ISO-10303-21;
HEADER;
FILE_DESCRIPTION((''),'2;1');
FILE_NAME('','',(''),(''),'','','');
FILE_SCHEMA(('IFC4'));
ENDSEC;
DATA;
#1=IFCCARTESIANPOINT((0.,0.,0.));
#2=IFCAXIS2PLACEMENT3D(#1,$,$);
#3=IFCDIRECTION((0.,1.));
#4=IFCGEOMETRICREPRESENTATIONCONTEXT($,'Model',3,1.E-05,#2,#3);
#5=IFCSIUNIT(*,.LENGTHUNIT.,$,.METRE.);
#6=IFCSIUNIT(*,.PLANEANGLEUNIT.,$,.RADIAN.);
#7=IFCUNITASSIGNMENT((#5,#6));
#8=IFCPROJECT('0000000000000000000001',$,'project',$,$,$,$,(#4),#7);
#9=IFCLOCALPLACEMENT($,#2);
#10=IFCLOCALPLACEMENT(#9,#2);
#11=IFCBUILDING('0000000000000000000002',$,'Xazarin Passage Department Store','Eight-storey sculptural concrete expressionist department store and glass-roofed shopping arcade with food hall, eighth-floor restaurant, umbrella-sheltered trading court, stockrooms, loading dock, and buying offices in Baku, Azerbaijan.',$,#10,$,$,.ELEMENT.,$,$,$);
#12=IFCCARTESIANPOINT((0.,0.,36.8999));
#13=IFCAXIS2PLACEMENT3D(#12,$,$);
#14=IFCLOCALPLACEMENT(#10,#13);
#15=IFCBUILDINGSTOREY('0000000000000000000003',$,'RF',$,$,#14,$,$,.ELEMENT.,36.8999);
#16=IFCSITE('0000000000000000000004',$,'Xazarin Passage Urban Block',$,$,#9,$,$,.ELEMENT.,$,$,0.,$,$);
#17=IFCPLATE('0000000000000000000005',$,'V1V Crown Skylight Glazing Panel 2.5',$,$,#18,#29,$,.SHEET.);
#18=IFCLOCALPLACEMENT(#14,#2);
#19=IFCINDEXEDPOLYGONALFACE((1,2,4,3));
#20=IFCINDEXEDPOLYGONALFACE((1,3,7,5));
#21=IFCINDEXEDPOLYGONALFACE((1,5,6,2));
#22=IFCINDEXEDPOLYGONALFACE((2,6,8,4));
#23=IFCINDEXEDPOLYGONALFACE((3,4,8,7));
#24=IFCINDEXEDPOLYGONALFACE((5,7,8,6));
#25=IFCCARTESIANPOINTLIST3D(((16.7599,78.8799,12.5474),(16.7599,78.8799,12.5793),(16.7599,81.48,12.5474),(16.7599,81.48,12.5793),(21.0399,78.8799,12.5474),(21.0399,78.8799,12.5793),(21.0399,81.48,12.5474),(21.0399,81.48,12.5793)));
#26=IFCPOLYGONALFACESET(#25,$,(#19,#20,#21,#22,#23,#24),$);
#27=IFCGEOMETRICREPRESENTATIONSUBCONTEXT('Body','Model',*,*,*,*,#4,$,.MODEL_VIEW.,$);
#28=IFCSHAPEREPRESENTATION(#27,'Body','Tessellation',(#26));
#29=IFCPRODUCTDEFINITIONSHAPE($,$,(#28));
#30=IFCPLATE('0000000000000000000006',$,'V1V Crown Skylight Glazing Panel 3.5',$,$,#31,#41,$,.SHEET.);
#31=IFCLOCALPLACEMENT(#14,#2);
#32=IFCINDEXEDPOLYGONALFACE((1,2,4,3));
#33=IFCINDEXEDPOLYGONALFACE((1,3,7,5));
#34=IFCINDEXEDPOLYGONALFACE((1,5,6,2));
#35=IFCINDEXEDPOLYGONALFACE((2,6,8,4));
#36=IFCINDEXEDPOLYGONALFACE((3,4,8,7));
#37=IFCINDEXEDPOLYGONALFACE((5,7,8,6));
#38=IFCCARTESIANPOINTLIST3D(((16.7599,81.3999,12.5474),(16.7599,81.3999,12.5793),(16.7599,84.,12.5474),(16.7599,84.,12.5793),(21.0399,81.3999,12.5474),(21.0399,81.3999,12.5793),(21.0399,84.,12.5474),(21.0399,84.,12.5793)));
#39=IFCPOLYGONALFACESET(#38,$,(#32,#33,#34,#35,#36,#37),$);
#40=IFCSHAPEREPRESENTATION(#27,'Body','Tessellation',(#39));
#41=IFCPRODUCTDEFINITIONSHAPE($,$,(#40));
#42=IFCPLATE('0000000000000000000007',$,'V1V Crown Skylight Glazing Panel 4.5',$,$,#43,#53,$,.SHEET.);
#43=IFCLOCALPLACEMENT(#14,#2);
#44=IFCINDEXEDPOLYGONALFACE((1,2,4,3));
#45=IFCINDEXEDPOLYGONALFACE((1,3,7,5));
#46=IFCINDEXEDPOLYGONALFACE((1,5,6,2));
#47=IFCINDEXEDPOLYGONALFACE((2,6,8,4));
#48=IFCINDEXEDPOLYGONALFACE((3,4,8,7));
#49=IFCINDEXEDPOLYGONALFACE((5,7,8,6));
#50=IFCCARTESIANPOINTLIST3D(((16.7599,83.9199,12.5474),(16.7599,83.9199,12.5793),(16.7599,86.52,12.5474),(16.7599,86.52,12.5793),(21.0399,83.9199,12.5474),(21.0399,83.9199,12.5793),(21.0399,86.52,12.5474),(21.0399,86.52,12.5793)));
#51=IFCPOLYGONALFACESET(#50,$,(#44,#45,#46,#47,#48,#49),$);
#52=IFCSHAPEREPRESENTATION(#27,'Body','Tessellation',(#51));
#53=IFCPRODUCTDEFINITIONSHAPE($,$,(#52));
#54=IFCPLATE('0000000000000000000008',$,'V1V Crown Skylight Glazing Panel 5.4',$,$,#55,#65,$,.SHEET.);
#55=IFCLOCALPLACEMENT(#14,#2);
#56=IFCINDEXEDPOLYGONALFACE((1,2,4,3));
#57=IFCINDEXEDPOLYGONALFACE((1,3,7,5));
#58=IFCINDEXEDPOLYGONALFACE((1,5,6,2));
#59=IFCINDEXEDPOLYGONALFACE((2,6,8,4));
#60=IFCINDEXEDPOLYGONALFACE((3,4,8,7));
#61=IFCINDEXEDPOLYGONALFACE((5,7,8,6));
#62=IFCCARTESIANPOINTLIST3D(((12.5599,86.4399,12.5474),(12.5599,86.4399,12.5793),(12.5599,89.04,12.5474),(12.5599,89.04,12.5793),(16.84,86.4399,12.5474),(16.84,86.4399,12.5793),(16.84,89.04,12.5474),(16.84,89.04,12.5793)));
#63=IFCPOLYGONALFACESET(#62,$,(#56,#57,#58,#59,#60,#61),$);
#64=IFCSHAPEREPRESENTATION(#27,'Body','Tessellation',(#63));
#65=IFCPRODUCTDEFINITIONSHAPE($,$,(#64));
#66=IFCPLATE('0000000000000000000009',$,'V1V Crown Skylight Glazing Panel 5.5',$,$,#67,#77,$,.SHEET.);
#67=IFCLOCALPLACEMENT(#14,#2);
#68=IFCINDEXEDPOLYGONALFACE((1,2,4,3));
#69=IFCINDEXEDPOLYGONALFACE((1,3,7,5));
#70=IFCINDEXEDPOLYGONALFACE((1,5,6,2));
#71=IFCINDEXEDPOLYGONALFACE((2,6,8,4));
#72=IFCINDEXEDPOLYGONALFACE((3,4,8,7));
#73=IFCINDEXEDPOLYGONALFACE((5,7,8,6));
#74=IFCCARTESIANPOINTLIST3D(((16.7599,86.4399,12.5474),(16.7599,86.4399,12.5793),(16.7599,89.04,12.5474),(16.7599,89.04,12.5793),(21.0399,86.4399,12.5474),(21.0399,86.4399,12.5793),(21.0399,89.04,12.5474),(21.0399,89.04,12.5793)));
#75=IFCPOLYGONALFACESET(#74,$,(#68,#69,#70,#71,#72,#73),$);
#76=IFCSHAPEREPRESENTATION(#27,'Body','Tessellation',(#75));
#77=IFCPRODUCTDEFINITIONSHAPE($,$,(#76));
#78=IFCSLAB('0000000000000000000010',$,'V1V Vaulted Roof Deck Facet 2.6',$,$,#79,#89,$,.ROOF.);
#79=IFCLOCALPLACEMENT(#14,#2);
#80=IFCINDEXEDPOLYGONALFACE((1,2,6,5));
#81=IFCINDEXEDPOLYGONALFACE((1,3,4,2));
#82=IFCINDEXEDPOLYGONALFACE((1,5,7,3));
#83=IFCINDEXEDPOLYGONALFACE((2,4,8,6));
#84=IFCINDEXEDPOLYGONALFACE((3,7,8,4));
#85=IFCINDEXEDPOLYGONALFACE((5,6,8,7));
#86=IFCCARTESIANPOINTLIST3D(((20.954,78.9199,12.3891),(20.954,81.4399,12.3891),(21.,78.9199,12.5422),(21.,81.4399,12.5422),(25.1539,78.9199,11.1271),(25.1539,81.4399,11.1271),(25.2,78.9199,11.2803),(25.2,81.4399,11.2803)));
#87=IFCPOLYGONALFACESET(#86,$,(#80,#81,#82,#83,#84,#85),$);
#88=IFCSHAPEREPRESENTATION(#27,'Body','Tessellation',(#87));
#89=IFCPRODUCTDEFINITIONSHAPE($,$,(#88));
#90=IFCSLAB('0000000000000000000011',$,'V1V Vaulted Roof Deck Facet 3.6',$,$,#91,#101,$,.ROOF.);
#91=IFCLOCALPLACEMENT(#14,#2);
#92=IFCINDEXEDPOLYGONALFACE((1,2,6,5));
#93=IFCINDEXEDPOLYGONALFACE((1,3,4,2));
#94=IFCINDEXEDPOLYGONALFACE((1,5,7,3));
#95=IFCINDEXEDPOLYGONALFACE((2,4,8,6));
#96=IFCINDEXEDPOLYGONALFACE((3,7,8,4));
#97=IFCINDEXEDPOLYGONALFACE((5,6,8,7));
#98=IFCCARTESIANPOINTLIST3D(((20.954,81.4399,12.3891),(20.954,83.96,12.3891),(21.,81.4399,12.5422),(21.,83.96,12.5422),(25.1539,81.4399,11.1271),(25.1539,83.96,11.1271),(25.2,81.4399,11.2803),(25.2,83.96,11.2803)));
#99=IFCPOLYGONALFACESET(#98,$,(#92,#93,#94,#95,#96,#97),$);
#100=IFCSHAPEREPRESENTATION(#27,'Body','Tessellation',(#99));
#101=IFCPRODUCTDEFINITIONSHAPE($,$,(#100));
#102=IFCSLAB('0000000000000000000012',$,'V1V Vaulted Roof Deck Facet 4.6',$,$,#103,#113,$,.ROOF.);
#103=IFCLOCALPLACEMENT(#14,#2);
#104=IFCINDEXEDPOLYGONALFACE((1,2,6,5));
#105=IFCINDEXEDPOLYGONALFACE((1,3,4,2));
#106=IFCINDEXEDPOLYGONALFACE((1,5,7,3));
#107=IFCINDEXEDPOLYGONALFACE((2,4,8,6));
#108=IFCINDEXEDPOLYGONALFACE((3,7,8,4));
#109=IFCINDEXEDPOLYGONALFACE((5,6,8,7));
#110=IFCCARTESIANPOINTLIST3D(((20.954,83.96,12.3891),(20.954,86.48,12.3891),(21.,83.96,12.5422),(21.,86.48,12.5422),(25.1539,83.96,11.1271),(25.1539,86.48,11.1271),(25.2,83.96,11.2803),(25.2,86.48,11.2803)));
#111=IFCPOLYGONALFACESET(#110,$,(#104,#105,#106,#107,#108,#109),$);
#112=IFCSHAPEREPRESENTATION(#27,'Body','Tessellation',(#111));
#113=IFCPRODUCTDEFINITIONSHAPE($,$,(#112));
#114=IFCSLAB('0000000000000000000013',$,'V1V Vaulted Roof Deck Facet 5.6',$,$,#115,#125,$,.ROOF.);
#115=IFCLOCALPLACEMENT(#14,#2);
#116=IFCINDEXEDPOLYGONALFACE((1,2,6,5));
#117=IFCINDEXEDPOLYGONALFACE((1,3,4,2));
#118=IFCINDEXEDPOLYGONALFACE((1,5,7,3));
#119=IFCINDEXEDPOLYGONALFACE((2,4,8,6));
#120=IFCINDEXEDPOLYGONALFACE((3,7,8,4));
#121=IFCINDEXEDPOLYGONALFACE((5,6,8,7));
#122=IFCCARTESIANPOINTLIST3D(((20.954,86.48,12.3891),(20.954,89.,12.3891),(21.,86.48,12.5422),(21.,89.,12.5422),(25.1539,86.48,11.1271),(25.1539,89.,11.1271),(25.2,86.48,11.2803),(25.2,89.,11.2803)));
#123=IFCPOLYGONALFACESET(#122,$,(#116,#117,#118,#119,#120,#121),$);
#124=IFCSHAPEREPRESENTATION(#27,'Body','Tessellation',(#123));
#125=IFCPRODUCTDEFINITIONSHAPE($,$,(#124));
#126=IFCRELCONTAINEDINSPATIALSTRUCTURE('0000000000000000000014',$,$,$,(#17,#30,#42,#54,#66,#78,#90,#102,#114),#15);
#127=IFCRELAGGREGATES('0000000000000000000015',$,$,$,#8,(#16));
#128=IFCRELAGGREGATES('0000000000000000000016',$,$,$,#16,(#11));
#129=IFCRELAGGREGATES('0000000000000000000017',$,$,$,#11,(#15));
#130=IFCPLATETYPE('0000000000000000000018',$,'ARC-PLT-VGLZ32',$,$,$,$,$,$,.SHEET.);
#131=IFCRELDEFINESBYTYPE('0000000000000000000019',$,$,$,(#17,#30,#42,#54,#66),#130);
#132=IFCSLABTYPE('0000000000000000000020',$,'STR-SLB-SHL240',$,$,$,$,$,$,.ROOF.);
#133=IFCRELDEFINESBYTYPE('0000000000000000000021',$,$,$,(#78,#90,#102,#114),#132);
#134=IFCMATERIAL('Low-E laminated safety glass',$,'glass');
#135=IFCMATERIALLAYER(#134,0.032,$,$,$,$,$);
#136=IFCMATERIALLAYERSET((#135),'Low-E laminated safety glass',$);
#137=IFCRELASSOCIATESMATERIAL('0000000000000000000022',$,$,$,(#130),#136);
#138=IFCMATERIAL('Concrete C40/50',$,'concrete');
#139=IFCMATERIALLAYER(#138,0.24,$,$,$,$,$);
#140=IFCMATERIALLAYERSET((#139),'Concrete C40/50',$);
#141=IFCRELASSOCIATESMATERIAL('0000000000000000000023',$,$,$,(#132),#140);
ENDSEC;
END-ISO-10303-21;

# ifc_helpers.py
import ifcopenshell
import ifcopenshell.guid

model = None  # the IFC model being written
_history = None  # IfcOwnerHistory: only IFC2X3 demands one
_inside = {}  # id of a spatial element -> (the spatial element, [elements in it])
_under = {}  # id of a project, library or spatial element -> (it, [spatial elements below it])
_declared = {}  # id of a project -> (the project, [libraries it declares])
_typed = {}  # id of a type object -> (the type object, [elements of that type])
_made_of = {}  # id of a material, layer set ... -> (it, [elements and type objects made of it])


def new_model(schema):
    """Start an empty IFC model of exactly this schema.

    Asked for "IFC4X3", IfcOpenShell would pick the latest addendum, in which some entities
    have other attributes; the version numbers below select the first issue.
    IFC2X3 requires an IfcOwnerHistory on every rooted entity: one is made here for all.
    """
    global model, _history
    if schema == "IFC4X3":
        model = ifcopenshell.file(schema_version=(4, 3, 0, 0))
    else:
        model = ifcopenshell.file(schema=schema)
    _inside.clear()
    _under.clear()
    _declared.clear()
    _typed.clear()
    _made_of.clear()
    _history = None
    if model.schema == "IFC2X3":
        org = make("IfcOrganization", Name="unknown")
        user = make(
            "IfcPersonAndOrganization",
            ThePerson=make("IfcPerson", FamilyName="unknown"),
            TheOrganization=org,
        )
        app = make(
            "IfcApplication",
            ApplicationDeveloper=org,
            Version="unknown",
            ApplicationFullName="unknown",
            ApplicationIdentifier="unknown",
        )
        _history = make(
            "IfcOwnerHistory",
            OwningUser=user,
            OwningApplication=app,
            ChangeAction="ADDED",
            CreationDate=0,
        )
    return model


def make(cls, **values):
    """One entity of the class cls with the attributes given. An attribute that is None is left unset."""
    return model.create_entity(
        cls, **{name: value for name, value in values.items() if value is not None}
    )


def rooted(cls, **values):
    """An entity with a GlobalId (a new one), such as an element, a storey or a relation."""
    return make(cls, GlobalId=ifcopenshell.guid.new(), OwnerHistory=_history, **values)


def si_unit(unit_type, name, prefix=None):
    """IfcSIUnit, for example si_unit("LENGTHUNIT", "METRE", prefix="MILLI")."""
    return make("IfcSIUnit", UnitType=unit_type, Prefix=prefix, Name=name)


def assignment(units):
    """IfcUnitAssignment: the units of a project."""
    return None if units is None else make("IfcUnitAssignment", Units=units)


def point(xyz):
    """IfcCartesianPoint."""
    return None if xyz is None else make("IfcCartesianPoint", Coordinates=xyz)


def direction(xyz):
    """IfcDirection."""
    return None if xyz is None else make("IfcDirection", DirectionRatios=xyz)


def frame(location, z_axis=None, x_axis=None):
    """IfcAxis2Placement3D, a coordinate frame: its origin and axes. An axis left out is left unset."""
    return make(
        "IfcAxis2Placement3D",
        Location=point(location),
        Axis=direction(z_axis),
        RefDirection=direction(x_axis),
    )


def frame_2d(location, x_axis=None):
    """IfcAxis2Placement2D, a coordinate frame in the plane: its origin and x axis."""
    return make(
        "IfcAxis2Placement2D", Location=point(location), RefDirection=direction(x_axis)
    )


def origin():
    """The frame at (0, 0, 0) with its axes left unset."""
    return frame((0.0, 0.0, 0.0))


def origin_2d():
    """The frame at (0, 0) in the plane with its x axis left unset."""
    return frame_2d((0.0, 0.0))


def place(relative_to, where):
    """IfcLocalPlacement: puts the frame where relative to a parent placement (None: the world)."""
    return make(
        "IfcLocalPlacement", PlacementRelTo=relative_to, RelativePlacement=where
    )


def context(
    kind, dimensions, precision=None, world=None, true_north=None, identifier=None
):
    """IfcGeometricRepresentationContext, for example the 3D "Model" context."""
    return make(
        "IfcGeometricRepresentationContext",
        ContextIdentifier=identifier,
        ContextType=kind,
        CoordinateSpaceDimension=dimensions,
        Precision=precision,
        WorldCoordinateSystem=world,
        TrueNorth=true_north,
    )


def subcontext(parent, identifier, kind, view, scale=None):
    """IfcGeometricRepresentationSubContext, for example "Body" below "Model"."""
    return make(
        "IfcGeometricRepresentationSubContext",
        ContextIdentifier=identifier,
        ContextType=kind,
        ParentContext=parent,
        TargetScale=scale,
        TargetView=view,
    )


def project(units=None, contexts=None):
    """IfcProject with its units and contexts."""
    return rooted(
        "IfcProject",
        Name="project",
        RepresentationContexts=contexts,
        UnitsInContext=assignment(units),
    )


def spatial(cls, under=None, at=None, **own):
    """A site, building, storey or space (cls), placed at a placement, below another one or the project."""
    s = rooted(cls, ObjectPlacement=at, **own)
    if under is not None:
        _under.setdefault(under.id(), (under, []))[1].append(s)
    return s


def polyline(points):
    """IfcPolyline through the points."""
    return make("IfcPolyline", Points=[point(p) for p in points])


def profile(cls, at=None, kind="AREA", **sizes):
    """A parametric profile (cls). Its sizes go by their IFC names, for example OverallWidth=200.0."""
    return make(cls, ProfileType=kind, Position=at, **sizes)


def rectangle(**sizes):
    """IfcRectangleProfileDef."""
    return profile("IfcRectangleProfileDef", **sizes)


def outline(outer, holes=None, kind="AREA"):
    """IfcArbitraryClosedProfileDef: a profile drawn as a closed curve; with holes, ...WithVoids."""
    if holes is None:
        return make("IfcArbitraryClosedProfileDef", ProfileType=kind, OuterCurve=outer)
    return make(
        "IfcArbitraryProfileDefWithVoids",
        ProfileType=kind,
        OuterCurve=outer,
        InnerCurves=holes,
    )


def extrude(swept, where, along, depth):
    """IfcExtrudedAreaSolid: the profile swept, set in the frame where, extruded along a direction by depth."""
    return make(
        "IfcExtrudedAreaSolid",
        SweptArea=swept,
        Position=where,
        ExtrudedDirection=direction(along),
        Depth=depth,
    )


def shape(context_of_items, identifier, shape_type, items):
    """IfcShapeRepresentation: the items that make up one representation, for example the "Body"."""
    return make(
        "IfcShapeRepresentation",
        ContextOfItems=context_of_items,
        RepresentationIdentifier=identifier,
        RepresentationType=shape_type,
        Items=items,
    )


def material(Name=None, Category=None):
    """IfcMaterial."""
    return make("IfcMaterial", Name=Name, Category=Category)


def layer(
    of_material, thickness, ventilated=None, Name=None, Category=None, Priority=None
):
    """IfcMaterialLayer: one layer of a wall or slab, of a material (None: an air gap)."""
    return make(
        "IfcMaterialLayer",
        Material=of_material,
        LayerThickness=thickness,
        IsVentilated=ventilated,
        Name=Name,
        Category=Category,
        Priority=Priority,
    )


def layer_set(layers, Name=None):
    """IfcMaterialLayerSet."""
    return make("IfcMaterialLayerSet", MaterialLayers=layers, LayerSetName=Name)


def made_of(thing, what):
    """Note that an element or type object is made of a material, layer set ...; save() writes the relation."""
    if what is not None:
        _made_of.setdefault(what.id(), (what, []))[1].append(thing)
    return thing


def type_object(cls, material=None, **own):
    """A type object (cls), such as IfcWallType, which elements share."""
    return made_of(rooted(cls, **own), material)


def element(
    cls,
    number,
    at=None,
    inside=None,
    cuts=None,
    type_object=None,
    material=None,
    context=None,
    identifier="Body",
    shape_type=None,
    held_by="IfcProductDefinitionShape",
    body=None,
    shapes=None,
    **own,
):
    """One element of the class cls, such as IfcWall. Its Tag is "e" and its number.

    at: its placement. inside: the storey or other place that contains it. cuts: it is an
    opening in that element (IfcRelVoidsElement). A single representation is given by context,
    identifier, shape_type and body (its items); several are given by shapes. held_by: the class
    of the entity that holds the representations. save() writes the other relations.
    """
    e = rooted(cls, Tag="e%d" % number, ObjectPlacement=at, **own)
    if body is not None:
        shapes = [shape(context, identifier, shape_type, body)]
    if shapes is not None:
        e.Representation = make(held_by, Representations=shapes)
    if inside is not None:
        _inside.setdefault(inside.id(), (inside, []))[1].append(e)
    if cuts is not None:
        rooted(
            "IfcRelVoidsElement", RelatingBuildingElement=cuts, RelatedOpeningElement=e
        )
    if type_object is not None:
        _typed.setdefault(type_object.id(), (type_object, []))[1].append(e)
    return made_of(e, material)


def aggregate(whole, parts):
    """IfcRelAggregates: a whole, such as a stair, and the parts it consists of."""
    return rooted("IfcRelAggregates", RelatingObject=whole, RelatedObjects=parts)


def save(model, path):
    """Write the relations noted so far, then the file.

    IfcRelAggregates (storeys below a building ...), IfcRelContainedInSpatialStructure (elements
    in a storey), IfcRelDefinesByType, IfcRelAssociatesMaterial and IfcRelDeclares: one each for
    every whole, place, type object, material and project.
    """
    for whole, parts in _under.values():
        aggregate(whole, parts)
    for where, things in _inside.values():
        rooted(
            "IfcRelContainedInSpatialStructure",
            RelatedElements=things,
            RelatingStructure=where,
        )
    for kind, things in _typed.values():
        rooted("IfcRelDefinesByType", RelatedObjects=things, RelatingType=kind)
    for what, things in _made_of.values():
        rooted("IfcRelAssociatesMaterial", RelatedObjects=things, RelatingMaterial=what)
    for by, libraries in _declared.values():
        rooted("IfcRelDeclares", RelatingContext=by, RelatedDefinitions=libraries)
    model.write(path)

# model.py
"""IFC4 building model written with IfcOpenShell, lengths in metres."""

from ifc_helpers import new_model, si_unit, direction, frame, origin, origin_2d, place, context, subcontext, project, spatial, polyline, rectangle, outline, extrude, material, layer, layer_set, type_object, element, save


model = new_model("IFC4")

# Units and contexts
model_context = context("Model", 3, precision=1e-05, world=origin(), true_north=direction((0.0, 1.0)))
body_context = subcontext(model_context, "Body", "Model", "MODEL_VIEW")
ifc_project = project(units=[si_unit("LENGTHUNIT", "METRE"), si_unit("PLANEANGLEUNIT", "RADIAN")], contexts=[model_context])

# Site, building, storey
site_placement = place(None, origin())
site = spatial("IfcSite", under=ifc_project, at=site_placement, Name="Xazarin Passage Urban Block", CompositionType="ELEMENT", RefElevation=0.0)
building_placement = place(site_placement, origin())
building = spatial("IfcBuilding", under=site, at=building_placement, Name="Xazarin Passage Department Store", Description="Eight-storey sculptural concrete expressionist department store and glass-roofed shopping arcade with food hall, eighth-floor restaurant, umbrella-sheltered trading court, stockrooms, loading dock, and buying offices in Baku, Azerbaijan.", CompositionType="ELEMENT")
storey_placement = place(building_placement, frame((0.0, 0.0, 36.8999)))
storey = spatial("IfcBuildingStorey", under=building, at=storey_placement, Name="RF", CompositionType="ELEMENT", Elevation=36.8999)

# Plates
ifc_material_1 = material(Name="Low-E laminated safety glass", Category="glass")
ifc_layer_1 = layer(ifc_material_1, 0.032)
ifc_layer_set_1 = layer_set([ifc_layer_1], Name="Low-E laminated safety glass")
plate_type = type_object("IfcPlateType", Name="ARC-PLT-VGLZ32", PredefinedType="SHEET", material=ifc_layer_set_1)
for number, where, z_axis, x_axis, name in (
    (1, (18.8999, 80.1799, 12.5474), (0.0, 0.0, 1.0), (1.0, 0.0, 0.0), "V1V Crown Skylight Glazing Panel 2.5"),
    (2, (18.8999, 82.7, 12.5474), (0.0, 0.0, 1.0), (1.0, 0.0, 0.0), "V1V Crown Skylight Glazing Panel 3.5"),
    (3, (18.8999, 85.22, 12.5474), (0.0, 0.0, 1.0), (1.0, 0.0, 0.0), "V1V Crown Skylight Glazing Panel 4.5"),
    (4, (14.7, 87.74, 12.5474), (0.0, 0.0, 1.0), (1.0, 0.0, 0.0), "V1V Crown Skylight Glazing Panel 5.4"),
    (5, (18.8999, 87.74, 12.5474), (0.0, 0.0, 1.0), (1.0, 0.0, 0.0), "V1V Crown Skylight Glazing Panel 5.5"),
):
    element("IfcPlate", number, at=place(storey_placement, frame(where, z_axis=z_axis, x_axis=x_axis)), inside=storey, type_object=plate_type, Name=name, PredefinedType="SHEET", context=body_context, shape_type="SweptSolid", body=[
        extrude(rectangle(XDim=4.28, YDim=2.6001, at=origin_2d()), origin(), (0.0, 0.0, 1.0), 0.032),
    ])

# Slabs
ifc_material_2 = material(Name="Concrete C40/50", Category="concrete")
ifc_layer_2 = layer(ifc_material_2, 0.24)
ifc_layer_set_2 = layer_set([ifc_layer_2], Name="Concrete C40/50")
slab_type = type_object("IfcSlabType", Name="STR-SLB-SHL240", PredefinedType="ROOF", material=ifc_layer_set_2)
for number, where, z_axis, x_axis, name in (
    (6, (21.0, 78.9199, 12.5422), (0.287762, 0.0, 0.957702), (0.957702, 0.0, -0.287762), "V1V Vaulted Roof Deck Facet 2.6"),
    (7, (21.0, 81.4399, 12.5422), (0.287762, 0.0, 0.957702), (0.957702, 0.0, -0.287762), "V1V Vaulted Roof Deck Facet 3.6"),
    (8, (21.0, 83.96, 12.5422), (0.287762, 0.0, 0.957702), (0.957702, 0.0, -0.287762), "V1V Vaulted Roof Deck Facet 4.6"),
    (9, (21.0, 86.48, 12.5422), (0.287762, 0.0, 0.957702), (0.957702, 0.0, -0.287762), "V1V Vaulted Roof Deck Facet 5.6"),
):
    element("IfcSlab", number, at=place(storey_placement, frame(where, z_axis=z_axis, x_axis=x_axis)), inside=storey, type_object=slab_type, Name=name, PredefinedType="ROOF", context=body_context, shape_type="SweptSolid", body=[
        extrude(outline(polyline([(0.0, 0.0), (4.3854, 0.0), (4.3854, 2.52), (0.0, 2.52), (0.0, 0.0)])), origin(), (0.0, 0.0, -1.0), 0.1599),
    ])

save(model, "model.ifc")
